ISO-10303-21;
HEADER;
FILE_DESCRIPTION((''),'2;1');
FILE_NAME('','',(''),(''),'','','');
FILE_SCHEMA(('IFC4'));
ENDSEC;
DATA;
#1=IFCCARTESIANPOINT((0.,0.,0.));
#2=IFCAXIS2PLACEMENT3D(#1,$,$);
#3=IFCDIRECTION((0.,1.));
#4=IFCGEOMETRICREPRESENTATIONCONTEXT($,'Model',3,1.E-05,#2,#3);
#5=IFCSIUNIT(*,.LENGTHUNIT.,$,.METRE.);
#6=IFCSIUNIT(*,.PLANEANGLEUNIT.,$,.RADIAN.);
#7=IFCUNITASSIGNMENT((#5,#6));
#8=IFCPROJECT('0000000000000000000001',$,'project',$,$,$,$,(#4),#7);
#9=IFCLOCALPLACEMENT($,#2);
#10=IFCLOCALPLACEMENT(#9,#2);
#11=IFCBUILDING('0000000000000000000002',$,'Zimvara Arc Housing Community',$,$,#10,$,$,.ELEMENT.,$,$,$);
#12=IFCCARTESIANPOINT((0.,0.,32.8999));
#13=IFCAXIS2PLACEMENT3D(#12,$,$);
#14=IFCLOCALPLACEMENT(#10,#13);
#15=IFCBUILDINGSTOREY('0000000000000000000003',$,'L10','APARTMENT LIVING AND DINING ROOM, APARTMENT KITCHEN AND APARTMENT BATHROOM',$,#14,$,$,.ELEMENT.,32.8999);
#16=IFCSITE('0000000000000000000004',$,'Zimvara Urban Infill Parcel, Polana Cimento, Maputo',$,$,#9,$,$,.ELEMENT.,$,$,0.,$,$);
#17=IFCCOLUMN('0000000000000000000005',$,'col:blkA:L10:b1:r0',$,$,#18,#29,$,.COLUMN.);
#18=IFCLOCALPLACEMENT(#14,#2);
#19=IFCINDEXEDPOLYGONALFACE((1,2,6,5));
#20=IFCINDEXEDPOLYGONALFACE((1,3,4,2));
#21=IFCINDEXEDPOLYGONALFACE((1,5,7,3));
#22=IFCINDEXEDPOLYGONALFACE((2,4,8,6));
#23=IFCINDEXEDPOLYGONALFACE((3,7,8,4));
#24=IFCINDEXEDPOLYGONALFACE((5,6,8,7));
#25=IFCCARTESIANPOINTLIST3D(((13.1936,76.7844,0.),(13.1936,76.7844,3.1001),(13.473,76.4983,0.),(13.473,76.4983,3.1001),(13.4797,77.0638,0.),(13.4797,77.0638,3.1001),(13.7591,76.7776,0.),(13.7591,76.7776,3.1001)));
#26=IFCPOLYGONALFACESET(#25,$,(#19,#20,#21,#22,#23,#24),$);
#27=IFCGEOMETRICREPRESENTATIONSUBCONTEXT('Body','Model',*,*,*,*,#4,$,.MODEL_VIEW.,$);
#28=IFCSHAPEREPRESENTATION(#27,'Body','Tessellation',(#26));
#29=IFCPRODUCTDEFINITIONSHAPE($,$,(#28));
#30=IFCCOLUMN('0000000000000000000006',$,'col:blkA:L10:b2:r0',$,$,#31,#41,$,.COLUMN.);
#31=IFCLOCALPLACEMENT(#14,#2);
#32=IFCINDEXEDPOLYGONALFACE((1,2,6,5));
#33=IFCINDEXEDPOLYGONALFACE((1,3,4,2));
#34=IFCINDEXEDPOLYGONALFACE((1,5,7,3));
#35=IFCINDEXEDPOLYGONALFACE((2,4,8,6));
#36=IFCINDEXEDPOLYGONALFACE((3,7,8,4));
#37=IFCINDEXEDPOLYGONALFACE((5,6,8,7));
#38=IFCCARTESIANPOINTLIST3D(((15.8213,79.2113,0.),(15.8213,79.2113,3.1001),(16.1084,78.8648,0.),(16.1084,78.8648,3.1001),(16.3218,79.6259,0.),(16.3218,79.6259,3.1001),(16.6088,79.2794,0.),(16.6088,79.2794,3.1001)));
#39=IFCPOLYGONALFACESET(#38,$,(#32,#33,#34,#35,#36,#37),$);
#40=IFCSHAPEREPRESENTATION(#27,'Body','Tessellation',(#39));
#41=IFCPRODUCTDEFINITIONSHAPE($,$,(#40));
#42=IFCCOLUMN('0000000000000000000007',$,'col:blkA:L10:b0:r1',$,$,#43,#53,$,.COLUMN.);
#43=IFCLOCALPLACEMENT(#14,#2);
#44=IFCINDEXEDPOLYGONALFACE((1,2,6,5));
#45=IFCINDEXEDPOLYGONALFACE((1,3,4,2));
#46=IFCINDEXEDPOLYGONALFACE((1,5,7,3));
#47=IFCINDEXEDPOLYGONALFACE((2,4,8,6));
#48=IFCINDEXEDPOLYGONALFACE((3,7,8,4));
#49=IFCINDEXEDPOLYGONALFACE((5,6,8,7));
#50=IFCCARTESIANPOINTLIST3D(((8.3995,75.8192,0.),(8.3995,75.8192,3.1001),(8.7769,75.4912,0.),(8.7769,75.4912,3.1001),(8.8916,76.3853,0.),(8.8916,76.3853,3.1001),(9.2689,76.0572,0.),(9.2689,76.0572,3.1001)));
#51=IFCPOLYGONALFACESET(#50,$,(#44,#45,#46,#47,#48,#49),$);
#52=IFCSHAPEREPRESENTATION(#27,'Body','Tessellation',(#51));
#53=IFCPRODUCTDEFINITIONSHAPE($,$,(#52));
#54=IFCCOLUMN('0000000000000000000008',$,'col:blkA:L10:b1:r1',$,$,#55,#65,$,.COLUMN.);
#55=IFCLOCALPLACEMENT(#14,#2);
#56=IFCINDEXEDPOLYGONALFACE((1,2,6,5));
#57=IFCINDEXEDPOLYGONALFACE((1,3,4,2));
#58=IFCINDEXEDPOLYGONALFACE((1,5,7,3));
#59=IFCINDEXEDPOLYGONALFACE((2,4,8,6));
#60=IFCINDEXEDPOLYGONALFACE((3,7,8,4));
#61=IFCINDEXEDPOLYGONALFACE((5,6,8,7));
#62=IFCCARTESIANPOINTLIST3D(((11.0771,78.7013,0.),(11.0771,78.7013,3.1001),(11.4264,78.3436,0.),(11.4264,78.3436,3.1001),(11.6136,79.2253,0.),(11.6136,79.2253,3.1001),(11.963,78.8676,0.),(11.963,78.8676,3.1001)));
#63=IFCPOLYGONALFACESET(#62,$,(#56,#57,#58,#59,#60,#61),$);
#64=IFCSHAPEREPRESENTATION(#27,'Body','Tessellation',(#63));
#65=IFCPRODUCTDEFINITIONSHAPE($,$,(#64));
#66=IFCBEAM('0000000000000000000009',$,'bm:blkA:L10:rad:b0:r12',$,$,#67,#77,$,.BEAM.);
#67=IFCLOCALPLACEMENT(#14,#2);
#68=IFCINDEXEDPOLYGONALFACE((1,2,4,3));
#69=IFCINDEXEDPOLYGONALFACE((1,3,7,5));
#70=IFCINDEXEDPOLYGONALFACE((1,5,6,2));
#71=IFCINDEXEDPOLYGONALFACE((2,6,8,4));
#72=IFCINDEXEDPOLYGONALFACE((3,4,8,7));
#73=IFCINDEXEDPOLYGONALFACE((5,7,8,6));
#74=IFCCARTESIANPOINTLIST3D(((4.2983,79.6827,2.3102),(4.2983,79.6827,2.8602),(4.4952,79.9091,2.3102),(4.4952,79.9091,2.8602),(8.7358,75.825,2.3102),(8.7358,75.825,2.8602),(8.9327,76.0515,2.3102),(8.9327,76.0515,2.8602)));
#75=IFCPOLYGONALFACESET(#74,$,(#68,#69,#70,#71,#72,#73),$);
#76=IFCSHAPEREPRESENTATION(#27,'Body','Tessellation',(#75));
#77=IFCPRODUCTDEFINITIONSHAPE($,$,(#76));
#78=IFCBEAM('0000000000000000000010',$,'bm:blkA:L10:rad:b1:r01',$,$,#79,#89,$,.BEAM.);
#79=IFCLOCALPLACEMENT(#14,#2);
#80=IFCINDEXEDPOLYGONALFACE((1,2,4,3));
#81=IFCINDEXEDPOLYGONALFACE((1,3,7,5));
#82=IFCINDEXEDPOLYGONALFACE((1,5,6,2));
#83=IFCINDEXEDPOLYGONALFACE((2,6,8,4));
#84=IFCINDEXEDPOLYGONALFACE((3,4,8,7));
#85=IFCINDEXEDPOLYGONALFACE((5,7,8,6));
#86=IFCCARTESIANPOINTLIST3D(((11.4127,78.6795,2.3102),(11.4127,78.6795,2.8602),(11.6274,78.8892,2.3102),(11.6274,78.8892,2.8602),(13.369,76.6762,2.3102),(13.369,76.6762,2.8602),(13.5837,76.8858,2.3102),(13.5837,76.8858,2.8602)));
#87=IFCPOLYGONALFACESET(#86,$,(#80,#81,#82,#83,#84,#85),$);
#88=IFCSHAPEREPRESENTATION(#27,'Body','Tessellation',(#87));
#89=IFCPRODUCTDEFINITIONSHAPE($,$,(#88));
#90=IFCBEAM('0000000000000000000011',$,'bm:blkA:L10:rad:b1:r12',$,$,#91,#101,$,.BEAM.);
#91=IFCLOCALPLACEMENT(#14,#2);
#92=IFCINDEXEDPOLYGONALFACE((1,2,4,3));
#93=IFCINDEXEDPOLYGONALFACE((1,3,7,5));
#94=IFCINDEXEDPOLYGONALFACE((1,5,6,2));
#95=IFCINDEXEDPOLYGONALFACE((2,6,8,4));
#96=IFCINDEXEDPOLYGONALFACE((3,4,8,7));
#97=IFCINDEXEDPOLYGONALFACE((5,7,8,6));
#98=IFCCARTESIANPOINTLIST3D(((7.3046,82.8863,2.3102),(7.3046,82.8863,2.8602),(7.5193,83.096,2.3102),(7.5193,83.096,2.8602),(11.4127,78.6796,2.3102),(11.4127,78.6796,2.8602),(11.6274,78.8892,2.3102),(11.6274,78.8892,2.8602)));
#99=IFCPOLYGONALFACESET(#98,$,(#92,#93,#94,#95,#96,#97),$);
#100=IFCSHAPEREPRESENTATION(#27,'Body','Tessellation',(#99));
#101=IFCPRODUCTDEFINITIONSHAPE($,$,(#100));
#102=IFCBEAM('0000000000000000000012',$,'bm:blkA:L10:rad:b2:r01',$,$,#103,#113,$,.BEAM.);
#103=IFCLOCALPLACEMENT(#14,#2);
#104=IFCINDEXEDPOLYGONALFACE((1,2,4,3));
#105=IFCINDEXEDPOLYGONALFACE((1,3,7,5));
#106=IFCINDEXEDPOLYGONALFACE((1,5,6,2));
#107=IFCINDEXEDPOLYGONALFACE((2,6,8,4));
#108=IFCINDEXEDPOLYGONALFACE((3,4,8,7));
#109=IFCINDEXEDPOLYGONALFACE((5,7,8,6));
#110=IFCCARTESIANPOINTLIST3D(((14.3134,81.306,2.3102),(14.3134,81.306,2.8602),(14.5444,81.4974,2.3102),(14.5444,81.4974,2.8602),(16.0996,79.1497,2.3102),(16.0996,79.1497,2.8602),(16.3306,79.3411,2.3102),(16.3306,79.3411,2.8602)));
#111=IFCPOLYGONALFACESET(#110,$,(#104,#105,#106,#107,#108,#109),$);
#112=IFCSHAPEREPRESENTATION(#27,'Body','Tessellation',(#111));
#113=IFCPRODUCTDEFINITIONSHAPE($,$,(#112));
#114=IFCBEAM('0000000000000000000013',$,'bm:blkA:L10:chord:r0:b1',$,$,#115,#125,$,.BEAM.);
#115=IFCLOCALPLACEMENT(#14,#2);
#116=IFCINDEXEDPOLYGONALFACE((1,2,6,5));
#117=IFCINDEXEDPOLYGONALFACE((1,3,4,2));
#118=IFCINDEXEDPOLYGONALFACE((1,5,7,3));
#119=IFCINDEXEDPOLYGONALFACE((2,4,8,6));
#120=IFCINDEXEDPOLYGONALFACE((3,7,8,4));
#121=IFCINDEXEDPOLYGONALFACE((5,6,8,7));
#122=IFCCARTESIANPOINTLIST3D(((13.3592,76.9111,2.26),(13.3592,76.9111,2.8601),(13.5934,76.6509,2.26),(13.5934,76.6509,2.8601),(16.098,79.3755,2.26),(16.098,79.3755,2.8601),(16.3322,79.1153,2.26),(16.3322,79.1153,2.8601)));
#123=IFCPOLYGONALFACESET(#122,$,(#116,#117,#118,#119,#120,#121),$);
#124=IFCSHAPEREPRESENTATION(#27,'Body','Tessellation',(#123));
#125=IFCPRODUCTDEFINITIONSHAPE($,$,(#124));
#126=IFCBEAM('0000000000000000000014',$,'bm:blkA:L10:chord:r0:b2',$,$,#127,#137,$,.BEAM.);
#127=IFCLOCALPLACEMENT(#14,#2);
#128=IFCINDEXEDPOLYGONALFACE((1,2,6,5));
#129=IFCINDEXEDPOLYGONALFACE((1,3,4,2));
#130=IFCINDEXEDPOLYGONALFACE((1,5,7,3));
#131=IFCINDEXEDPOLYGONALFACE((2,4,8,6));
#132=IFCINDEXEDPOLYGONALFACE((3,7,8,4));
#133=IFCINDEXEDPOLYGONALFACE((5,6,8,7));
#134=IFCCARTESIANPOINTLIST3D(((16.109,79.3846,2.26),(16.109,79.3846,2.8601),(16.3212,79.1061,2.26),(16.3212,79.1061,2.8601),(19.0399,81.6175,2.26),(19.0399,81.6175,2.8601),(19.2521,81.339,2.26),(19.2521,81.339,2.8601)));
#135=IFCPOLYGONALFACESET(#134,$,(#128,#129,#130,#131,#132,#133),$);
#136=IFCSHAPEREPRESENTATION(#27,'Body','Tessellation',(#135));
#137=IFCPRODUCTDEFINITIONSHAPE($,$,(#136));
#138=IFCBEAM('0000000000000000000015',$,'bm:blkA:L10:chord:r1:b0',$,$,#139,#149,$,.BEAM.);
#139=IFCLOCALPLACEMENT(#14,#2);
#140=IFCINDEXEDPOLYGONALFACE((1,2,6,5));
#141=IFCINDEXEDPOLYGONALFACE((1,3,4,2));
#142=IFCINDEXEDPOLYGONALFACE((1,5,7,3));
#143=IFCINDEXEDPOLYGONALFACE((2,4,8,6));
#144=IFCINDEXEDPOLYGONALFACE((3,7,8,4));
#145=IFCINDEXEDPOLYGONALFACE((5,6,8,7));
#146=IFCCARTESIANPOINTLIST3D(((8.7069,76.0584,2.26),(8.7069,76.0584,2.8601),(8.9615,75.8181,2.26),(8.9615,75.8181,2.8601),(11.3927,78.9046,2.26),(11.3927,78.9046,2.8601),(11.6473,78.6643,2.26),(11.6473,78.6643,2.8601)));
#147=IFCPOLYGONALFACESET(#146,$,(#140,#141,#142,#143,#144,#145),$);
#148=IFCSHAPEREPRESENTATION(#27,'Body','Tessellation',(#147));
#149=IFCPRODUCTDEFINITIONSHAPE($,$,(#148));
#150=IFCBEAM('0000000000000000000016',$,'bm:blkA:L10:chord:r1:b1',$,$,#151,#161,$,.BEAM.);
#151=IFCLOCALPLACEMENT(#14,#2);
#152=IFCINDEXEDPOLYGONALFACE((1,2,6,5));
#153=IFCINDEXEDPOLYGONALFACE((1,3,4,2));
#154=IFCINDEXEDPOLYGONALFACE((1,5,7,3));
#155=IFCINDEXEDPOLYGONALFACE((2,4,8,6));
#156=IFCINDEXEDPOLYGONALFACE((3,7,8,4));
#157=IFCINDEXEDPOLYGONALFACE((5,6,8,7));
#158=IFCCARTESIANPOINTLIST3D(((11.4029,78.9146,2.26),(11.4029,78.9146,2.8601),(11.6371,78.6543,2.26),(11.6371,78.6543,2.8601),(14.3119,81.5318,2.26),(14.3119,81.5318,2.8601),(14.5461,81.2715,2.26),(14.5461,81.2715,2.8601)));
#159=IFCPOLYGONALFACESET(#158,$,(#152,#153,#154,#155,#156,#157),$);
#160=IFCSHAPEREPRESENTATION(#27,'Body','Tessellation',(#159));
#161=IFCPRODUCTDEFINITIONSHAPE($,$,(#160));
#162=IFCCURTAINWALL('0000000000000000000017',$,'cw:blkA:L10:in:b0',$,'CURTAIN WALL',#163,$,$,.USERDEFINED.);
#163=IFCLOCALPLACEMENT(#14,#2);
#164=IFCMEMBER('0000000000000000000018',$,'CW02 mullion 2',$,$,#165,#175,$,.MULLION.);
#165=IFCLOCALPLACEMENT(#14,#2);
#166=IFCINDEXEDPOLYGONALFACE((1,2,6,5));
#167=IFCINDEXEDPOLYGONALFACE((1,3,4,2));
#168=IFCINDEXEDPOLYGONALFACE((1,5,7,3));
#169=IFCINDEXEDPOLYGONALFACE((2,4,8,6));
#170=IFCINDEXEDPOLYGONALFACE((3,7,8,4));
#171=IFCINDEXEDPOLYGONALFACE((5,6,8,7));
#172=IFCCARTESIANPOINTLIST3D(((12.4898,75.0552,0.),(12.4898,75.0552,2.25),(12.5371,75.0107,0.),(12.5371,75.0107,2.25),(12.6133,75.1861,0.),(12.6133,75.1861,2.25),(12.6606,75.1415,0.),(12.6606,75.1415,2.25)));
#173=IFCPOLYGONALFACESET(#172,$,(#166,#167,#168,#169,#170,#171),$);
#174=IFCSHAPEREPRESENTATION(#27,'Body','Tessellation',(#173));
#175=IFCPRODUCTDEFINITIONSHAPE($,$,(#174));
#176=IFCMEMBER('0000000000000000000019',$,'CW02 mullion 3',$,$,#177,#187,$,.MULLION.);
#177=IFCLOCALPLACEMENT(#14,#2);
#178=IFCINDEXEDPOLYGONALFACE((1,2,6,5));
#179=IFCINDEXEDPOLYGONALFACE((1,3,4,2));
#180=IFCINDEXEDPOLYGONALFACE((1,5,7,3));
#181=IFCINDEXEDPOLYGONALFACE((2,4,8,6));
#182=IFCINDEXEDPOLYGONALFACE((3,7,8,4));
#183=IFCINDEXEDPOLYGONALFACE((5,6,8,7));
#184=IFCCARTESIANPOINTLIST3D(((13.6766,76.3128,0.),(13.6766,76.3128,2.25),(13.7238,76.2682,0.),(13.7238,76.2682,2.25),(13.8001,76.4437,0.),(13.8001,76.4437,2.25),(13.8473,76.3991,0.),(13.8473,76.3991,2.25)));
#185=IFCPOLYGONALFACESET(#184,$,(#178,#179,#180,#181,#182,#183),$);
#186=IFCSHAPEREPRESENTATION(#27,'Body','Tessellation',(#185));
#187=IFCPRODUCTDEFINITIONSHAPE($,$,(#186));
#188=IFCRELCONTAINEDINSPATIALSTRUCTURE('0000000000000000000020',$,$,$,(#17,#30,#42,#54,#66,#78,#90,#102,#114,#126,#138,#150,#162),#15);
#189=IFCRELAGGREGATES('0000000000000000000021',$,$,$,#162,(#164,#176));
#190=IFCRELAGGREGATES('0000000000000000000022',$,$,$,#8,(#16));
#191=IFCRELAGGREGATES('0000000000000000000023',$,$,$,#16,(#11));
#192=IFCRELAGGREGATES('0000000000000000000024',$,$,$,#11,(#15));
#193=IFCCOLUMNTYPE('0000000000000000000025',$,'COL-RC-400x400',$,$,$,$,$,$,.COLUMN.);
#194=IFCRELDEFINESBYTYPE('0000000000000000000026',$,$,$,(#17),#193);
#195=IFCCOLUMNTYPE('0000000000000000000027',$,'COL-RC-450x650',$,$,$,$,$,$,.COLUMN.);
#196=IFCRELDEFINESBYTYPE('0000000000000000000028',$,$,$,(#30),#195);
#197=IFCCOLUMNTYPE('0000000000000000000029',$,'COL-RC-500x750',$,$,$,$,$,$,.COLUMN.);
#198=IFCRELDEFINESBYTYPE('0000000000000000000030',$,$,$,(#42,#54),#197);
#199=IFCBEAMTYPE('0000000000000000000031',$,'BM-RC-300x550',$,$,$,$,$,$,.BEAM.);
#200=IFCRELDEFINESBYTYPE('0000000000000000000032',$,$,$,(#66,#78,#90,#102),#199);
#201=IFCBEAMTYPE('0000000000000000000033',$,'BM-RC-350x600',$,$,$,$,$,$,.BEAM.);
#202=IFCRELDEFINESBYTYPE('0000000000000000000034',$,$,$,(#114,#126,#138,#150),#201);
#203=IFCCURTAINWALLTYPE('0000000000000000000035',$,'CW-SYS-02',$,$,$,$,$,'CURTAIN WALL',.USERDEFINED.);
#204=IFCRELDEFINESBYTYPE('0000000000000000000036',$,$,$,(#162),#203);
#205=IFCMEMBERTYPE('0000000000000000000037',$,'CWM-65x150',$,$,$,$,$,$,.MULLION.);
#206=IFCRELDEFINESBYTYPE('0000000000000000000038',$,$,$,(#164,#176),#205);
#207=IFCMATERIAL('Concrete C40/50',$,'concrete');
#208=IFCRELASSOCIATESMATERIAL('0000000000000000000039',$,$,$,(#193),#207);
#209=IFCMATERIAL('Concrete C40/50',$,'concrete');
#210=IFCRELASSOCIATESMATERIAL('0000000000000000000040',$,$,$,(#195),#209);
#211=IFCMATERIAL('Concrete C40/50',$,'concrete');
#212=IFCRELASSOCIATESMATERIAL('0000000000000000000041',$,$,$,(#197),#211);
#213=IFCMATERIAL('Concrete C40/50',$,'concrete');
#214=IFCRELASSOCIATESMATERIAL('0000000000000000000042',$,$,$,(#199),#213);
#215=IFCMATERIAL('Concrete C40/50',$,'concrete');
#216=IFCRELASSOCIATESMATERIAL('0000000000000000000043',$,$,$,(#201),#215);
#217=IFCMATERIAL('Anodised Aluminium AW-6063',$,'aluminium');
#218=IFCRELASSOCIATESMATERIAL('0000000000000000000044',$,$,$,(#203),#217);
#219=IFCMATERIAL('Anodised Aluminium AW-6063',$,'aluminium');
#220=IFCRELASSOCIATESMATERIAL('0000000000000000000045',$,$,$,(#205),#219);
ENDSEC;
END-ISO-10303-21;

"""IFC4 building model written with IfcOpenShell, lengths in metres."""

from ifc_helpers import new_model, si_unit, direction, frame, origin, origin_2d, place, context, subcontext, project, spatial, rectangle, extrude, material, material_profile, profile_set, type_object, element, aggregate, save


model = new_model("IFC4")

# Units and contexts
model_context = context("Model", 3, precision=1e-05, world=origin(), true_north=direction((0.0, 1.0)))
body_context = subcontext(model_context, "Body", "Model", "MODEL_VIEW")
ifc_project = project(units=[si_unit("LENGTHUNIT", "METRE"), si_unit("PLANEANGLEUNIT", "RADIAN")], contexts=[model_context])

# Site, building, storey
site_placement = place(None, origin())
site = spatial("IfcSite", under=ifc_project, at=site_placement, Name="Zimvara Urban Infill Parcel, Polana Cimento, Maputo", CompositionType="ELEMENT", RefElevation=0.0)
building_placement = place(site_placement, origin())
building = spatial("IfcBuilding", under=site, at=building_placement, Name="Zimvara Arc Housing Community", CompositionType="ELEMENT")
storey_placement = place(building_placement, frame((0.0, 0.0, 32.8999)))
storey = spatial("IfcBuildingStorey", under=building, at=storey_placement, Name="L10", Description="APARTMENT LIVING AND DINING ROOM, APARTMENT KITCHEN AND APARTMENT BATHROOM", CompositionType="ELEMENT", Elevation=32.8999)

# Columns
ifc_material_1 = material(Name="Concrete C40/50", Category="concrete")
ifc_material_profile_1 = material_profile(ifc_material_1, rectangle(XDim=0.3999, YDim=0.3999, at=origin_2d()), Name="RC 400x400")
ifc_profile_set_1 = profile_set([ifc_material_profile_1], Name="Concrete C40/50")
column_type_1 = type_object("IfcColumnType", Name="COL-RC-400x400", PredefinedType="COLUMN", material=ifc_profile_set_1)
column_1_placement = place(storey_placement, frame((13.4763, 76.781, 0.0), z_axis=(0.0, 0.0, 1.0), x_axis=(-0.698665, 0.715449, 0.0)))
element("IfcColumn", 1, at=column_1_placement, inside=storey, type_object=column_type_1, Name="col:blkA:L10:b1:r0", PredefinedType="COLUMN", context=body_context, shape_type="SweptSolid", body=[
    extrude(rectangle(XDim=0.3999, YDim=0.3999, at=origin_2d()), origin(), (0.0, 0.0, 1.0), 3.1001),
])
ifc_material_2 = material(Name="Concrete C40/50", Category="concrete")
ifc_material_profile_2 = material_profile(ifc_material_2, rectangle(XDim=0.45, YDim=0.6499, at=origin_2d()), Name="RC 450x650")
ifc_profile_set_2 = profile_set([ifc_material_profile_2], Name="Concrete C40/50")
column_type_2 = type_object("IfcColumnType", Name="COL-RC-450x650", PredefinedType="COLUMN", material=ifc_profile_set_2)
column_2_placement = place(storey_placement, frame((16.2151, 79.2454, 0.0), z_axis=(0.0, 0.0, 1.0), x_axis=(-0.637962, 0.770068, 0.0)))
element("IfcColumn", 2, at=column_2_placement, inside=storey, type_object=column_type_2, Name="col:blkA:L10:b2:r0", PredefinedType="COLUMN", context=body_context, shape_type="SweptSolid", body=[
    extrude(rectangle(XDim=0.45, YDim=0.6499, at=origin_2d()), origin(), (0.0, 0.0, 1.0), 3.1001),
])
ifc_material_3 = material(Name="Concrete C40/50", Category="concrete")
ifc_material_profile_3 = material_profile(ifc_material_3, rectangle(XDim=0.5, YDim=0.75, at=origin_2d()), Name="RC 500x750")
ifc_profile_set_3 = profile_set([ifc_material_profile_3], Name="Concrete C40/50")
column_type_3 = type_object("IfcColumnType", Name="COL-RC-500x750", PredefinedType="COLUMN", material=ifc_profile_set_3)
for number, where, z_axis, x_axis, name in (
    (3, (8.8342, 75.9382, 0.0), (0.0, 0.0, 1.0), (-0.75471, 0.656059, 0.0), "col:blkA:L10:b0:r1"),
    (4, (11.52, 78.7844, 0.0), (0.0, 0.0, 1.0), (-0.698665, 0.715449, 0.0), "col:blkA:L10:b1:r1"),
):
    element("IfcColumn", number, at=place(storey_placement, frame(where, z_axis=z_axis, x_axis=x_axis)), inside=storey, type_object=column_type_3, Name=name, PredefinedType="COLUMN", context=body_context, shape_type="SweptSolid", body=[
        extrude(rectangle(XDim=0.5, YDim=0.75, at=origin_2d()), origin(), (0.0, 0.0, 1.0), 3.1001),
    ])

# Beams
ifc_material_4 = material(Name="Concrete C40/50", Category="concrete")
ifc_material_profile_4 = material_profile(ifc_material_4, rectangle(XDim=0.3, YDim=0.55, at=origin_2d()), Name="RC 300x550")
ifc_profile_set_4 = profile_set([ifc_material_profile_4], Name="Concrete C40/50")
beam_type_1 = type_object("IfcBeamType", Name="BM-RC-300x550", PredefinedType="BEAM", material=ifc_profile_set_4)
beam_1_placement = place(storey_placement, frame((8.8342, 75.9382, 2.5852), z_axis=(-0.754692, 0.656079, 0.0), x_axis=(-0.656079, -0.754692, 0.0)))
element("IfcBeam", 5, at=beam_1_placement, inside=storey, type_object=beam_type_1, Name="bm:blkA:L10:rad:b0:r12", PredefinedType="BEAM", context=body_context, shape_type="SweptSolid", body=[
    extrude(rectangle(XDim=0.3, YDim=0.55, at=origin_2d()), origin(), (0.0, 0.0, 1.0), 5.8799),
])
beam_2_placement = place(storey_placement, frame((13.4763, 76.781, 2.5852), z_axis=(-0.698643, 0.71547, 0.0), x_axis=(-0.71547, -0.698643, 0.0)))
element("IfcBeam", 6, at=beam_2_placement, inside=storey, type_object=beam_type_1, Name="bm:blkA:L10:rad:b1:r01", PredefinedType="BEAM", context=body_context, shape_type="SweptSolid", body=[
    extrude(rectangle(XDim=0.3, YDim=0.55, at=origin_2d()), origin(), (0.0, 0.0, 1.0), 2.8),
])
beam_3_placement = place(storey_placement, frame((11.52, 78.7844, 2.5852), z_axis=(-0.69867, 0.715444, 0.0), x_axis=(-0.715444, -0.69867, 0.0)))
element("IfcBeam", 7, at=beam_3_placement, inside=storey, type_object=beam_type_1, Name="bm:blkA:L10:rad:b1:r12", PredefinedType="BEAM", context=body_context, shape_type="SweptSolid", body=[
    extrude(rectangle(XDim=0.3, YDim=0.55, at=origin_2d()), origin(), (0.0, 0.0, 1.0), 5.8799),
])
beam_4_placement = place(storey_placement, frame((16.2151, 79.2454, 2.5852), z_axis=(-0.637917, 0.770105, 0.0), x_axis=(-0.770105, -0.637917, 0.0)))
element("IfcBeam", 8, at=beam_4_placement, inside=storey, type_object=beam_type_1, Name="bm:blkA:L10:rad:b2:r01", PredefinedType="BEAM", context=body_context, shape_type="SweptSolid", body=[
    extrude(rectangle(XDim=0.3, YDim=0.55, at=origin_2d()), origin(), (0.0, 0.0, 1.0), 2.8),
])
ifc_material_5 = material(Name="Concrete C40/50", Category="concrete")
ifc_material_profile_5 = material_profile(ifc_material_5, rectangle(XDim=0.3501, YDim=0.6001, at=origin_2d()), Name="RC 350x600")
ifc_profile_set_5 = profile_set([ifc_material_profile_5], Name="Concrete C40/50")
beam_type_2 = type_object("IfcBeamType", Name="BM-RC-350x600", PredefinedType="BEAM", material=ifc_profile_set_5)
beam_5_placement = place(storey_placement, frame((13.4763, 76.781, 2.5601), z_axis=(0.743367, 0.668884, 0.0), x_axis=(-0.668884, 0.743367, 0.0)))
element("IfcBeam", 9, at=beam_5_placement, inside=storey, type_object=beam_type_2, Name="bm:blkA:L10:chord:r0:b1", PredefinedType="BEAM", context=body_context, shape_type="SweptSolid", body=[
    extrude(rectangle(XDim=0.3501, YDim=0.6001, at=origin_2d()), origin(), (0.0, 0.0, 1.0), 3.6843),
])
beam_6_placement = place(storey_placement, frame((16.2151, 79.2454, 2.5601), z_axis=(0.795453, 0.606015, 0.0), x_axis=(-0.606015, 0.795453, 0.0)))
element("IfcBeam", 10, at=beam_6_placement, inside=storey, type_object=beam_type_2, Name="bm:blkA:L10:chord:r0:b2", PredefinedType="BEAM", context=body_context, shape_type="SweptSolid", body=[
    extrude(rectangle(XDim=0.3501, YDim=0.6001, at=origin_2d()), origin(), (0.0, 0.0, 1.0), 3.6846),
])
beam_7_placement = place(storey_placement, frame((8.8342, 75.9382, 2.5601), z_axis=(0.686316, 0.727304, 0.0), x_axis=(-0.727304, 0.686316, 0.0)))
element("IfcBeam", 11, at=beam_7_placement, inside=storey, type_object=beam_type_2, Name="bm:blkA:L10:chord:r1:b0", PredefinedType="BEAM", context=body_context, shape_type="SweptSolid", body=[
    extrude(rectangle(XDim=0.3501, YDim=0.6001, at=origin_2d()), origin(), (0.0, 0.0, 1.0), 3.9133),
])
beam_8_placement = place(storey_placement, frame((11.52, 78.7844, 2.5601), z_axis=(0.743403, 0.668844, 0.0), x_axis=(-0.668844, 0.743403, 0.0)))
element("IfcBeam", 12, at=beam_8_placement, inside=storey, type_object=beam_type_2, Name="bm:blkA:L10:chord:r1:b1", PredefinedType="BEAM", context=body_context, shape_type="SweptSolid", body=[
    extrude(rectangle(XDim=0.3501, YDim=0.6001, at=origin_2d()), origin(), (0.0, 0.0, 1.0), 3.9131),
])

# Curtain wall, members
ifc_material_6 = material(Name="Anodised Aluminium AW-6063", Category="aluminium")
curtain_wall_type_1 = type_object("IfcCurtainWallType", Name="CW-SYS-02", ElementType="CURTAIN WALL", PredefinedType="USERDEFINED", material=ifc_material_6)
curtain_wall_1_placement = place(storey_placement, origin())
curtain_wall_1 = element("IfcCurtainWall", 13, at=curtain_wall_1_placement, inside=storey, type_object=curtain_wall_type_1, Name="cw:blkA:L10:in:b0", ObjectType="CURTAIN WALL", PredefinedType="USERDEFINED")
ifc_material_7 = material(Name="Anodised Aluminium AW-6063", Category="aluminium")
ifc_material_profile_6 = material_profile(ifc_material_7, rectangle(XDim=0.0649, YDim=0.1799, at=origin_2d()), Name="ALU 65x180")
ifc_profile_set_6 = profile_set([ifc_material_profile_6], Name="Anodised Aluminium AW-6063")
member_type_1 = type_object("IfcMemberType", Name="CWM-65x150", PredefinedType="MULLION", material=ifc_profile_set_6)
member_1_placement = place(storey_placement, frame((12.5752, 75.0984, 0.0), z_axis=(0.0, 0.0, 1.0), x_axis=(-0.727293, 0.686327, 0.0)))
member_1 = element("IfcMember", 14, at=member_1_placement, type_object=member_type_1, Name="CW02 mullion 2", PredefinedType="MULLION", context=body_context, shape_type="SweptSolid", body=[
    extrude(rectangle(XDim=0.0649, YDim=0.1799, at=origin_2d()), origin(), (0.0, 0.0, 1.0), 2.25),
])
member_2_placement = place(storey_placement, frame((13.762, 76.356, 0.0), z_axis=(0.0, 0.0, 1.0), x_axis=(-0.727293, 0.686327, 0.0)))
member_2 = element("IfcMember", 15, at=member_2_placement, type_object=member_type_1, Name="CW02 mullion 3", PredefinedType="MULLION", context=body_context, shape_type="SweptSolid", body=[
    extrude(rectangle(XDim=0.0649, YDim=0.1799, at=origin_2d()), origin(), (0.0, 0.0, 1.0), 2.25),
])

aggregate(curtain_wall_1, [member_1, member_2])

save(model, "model.ifc")
